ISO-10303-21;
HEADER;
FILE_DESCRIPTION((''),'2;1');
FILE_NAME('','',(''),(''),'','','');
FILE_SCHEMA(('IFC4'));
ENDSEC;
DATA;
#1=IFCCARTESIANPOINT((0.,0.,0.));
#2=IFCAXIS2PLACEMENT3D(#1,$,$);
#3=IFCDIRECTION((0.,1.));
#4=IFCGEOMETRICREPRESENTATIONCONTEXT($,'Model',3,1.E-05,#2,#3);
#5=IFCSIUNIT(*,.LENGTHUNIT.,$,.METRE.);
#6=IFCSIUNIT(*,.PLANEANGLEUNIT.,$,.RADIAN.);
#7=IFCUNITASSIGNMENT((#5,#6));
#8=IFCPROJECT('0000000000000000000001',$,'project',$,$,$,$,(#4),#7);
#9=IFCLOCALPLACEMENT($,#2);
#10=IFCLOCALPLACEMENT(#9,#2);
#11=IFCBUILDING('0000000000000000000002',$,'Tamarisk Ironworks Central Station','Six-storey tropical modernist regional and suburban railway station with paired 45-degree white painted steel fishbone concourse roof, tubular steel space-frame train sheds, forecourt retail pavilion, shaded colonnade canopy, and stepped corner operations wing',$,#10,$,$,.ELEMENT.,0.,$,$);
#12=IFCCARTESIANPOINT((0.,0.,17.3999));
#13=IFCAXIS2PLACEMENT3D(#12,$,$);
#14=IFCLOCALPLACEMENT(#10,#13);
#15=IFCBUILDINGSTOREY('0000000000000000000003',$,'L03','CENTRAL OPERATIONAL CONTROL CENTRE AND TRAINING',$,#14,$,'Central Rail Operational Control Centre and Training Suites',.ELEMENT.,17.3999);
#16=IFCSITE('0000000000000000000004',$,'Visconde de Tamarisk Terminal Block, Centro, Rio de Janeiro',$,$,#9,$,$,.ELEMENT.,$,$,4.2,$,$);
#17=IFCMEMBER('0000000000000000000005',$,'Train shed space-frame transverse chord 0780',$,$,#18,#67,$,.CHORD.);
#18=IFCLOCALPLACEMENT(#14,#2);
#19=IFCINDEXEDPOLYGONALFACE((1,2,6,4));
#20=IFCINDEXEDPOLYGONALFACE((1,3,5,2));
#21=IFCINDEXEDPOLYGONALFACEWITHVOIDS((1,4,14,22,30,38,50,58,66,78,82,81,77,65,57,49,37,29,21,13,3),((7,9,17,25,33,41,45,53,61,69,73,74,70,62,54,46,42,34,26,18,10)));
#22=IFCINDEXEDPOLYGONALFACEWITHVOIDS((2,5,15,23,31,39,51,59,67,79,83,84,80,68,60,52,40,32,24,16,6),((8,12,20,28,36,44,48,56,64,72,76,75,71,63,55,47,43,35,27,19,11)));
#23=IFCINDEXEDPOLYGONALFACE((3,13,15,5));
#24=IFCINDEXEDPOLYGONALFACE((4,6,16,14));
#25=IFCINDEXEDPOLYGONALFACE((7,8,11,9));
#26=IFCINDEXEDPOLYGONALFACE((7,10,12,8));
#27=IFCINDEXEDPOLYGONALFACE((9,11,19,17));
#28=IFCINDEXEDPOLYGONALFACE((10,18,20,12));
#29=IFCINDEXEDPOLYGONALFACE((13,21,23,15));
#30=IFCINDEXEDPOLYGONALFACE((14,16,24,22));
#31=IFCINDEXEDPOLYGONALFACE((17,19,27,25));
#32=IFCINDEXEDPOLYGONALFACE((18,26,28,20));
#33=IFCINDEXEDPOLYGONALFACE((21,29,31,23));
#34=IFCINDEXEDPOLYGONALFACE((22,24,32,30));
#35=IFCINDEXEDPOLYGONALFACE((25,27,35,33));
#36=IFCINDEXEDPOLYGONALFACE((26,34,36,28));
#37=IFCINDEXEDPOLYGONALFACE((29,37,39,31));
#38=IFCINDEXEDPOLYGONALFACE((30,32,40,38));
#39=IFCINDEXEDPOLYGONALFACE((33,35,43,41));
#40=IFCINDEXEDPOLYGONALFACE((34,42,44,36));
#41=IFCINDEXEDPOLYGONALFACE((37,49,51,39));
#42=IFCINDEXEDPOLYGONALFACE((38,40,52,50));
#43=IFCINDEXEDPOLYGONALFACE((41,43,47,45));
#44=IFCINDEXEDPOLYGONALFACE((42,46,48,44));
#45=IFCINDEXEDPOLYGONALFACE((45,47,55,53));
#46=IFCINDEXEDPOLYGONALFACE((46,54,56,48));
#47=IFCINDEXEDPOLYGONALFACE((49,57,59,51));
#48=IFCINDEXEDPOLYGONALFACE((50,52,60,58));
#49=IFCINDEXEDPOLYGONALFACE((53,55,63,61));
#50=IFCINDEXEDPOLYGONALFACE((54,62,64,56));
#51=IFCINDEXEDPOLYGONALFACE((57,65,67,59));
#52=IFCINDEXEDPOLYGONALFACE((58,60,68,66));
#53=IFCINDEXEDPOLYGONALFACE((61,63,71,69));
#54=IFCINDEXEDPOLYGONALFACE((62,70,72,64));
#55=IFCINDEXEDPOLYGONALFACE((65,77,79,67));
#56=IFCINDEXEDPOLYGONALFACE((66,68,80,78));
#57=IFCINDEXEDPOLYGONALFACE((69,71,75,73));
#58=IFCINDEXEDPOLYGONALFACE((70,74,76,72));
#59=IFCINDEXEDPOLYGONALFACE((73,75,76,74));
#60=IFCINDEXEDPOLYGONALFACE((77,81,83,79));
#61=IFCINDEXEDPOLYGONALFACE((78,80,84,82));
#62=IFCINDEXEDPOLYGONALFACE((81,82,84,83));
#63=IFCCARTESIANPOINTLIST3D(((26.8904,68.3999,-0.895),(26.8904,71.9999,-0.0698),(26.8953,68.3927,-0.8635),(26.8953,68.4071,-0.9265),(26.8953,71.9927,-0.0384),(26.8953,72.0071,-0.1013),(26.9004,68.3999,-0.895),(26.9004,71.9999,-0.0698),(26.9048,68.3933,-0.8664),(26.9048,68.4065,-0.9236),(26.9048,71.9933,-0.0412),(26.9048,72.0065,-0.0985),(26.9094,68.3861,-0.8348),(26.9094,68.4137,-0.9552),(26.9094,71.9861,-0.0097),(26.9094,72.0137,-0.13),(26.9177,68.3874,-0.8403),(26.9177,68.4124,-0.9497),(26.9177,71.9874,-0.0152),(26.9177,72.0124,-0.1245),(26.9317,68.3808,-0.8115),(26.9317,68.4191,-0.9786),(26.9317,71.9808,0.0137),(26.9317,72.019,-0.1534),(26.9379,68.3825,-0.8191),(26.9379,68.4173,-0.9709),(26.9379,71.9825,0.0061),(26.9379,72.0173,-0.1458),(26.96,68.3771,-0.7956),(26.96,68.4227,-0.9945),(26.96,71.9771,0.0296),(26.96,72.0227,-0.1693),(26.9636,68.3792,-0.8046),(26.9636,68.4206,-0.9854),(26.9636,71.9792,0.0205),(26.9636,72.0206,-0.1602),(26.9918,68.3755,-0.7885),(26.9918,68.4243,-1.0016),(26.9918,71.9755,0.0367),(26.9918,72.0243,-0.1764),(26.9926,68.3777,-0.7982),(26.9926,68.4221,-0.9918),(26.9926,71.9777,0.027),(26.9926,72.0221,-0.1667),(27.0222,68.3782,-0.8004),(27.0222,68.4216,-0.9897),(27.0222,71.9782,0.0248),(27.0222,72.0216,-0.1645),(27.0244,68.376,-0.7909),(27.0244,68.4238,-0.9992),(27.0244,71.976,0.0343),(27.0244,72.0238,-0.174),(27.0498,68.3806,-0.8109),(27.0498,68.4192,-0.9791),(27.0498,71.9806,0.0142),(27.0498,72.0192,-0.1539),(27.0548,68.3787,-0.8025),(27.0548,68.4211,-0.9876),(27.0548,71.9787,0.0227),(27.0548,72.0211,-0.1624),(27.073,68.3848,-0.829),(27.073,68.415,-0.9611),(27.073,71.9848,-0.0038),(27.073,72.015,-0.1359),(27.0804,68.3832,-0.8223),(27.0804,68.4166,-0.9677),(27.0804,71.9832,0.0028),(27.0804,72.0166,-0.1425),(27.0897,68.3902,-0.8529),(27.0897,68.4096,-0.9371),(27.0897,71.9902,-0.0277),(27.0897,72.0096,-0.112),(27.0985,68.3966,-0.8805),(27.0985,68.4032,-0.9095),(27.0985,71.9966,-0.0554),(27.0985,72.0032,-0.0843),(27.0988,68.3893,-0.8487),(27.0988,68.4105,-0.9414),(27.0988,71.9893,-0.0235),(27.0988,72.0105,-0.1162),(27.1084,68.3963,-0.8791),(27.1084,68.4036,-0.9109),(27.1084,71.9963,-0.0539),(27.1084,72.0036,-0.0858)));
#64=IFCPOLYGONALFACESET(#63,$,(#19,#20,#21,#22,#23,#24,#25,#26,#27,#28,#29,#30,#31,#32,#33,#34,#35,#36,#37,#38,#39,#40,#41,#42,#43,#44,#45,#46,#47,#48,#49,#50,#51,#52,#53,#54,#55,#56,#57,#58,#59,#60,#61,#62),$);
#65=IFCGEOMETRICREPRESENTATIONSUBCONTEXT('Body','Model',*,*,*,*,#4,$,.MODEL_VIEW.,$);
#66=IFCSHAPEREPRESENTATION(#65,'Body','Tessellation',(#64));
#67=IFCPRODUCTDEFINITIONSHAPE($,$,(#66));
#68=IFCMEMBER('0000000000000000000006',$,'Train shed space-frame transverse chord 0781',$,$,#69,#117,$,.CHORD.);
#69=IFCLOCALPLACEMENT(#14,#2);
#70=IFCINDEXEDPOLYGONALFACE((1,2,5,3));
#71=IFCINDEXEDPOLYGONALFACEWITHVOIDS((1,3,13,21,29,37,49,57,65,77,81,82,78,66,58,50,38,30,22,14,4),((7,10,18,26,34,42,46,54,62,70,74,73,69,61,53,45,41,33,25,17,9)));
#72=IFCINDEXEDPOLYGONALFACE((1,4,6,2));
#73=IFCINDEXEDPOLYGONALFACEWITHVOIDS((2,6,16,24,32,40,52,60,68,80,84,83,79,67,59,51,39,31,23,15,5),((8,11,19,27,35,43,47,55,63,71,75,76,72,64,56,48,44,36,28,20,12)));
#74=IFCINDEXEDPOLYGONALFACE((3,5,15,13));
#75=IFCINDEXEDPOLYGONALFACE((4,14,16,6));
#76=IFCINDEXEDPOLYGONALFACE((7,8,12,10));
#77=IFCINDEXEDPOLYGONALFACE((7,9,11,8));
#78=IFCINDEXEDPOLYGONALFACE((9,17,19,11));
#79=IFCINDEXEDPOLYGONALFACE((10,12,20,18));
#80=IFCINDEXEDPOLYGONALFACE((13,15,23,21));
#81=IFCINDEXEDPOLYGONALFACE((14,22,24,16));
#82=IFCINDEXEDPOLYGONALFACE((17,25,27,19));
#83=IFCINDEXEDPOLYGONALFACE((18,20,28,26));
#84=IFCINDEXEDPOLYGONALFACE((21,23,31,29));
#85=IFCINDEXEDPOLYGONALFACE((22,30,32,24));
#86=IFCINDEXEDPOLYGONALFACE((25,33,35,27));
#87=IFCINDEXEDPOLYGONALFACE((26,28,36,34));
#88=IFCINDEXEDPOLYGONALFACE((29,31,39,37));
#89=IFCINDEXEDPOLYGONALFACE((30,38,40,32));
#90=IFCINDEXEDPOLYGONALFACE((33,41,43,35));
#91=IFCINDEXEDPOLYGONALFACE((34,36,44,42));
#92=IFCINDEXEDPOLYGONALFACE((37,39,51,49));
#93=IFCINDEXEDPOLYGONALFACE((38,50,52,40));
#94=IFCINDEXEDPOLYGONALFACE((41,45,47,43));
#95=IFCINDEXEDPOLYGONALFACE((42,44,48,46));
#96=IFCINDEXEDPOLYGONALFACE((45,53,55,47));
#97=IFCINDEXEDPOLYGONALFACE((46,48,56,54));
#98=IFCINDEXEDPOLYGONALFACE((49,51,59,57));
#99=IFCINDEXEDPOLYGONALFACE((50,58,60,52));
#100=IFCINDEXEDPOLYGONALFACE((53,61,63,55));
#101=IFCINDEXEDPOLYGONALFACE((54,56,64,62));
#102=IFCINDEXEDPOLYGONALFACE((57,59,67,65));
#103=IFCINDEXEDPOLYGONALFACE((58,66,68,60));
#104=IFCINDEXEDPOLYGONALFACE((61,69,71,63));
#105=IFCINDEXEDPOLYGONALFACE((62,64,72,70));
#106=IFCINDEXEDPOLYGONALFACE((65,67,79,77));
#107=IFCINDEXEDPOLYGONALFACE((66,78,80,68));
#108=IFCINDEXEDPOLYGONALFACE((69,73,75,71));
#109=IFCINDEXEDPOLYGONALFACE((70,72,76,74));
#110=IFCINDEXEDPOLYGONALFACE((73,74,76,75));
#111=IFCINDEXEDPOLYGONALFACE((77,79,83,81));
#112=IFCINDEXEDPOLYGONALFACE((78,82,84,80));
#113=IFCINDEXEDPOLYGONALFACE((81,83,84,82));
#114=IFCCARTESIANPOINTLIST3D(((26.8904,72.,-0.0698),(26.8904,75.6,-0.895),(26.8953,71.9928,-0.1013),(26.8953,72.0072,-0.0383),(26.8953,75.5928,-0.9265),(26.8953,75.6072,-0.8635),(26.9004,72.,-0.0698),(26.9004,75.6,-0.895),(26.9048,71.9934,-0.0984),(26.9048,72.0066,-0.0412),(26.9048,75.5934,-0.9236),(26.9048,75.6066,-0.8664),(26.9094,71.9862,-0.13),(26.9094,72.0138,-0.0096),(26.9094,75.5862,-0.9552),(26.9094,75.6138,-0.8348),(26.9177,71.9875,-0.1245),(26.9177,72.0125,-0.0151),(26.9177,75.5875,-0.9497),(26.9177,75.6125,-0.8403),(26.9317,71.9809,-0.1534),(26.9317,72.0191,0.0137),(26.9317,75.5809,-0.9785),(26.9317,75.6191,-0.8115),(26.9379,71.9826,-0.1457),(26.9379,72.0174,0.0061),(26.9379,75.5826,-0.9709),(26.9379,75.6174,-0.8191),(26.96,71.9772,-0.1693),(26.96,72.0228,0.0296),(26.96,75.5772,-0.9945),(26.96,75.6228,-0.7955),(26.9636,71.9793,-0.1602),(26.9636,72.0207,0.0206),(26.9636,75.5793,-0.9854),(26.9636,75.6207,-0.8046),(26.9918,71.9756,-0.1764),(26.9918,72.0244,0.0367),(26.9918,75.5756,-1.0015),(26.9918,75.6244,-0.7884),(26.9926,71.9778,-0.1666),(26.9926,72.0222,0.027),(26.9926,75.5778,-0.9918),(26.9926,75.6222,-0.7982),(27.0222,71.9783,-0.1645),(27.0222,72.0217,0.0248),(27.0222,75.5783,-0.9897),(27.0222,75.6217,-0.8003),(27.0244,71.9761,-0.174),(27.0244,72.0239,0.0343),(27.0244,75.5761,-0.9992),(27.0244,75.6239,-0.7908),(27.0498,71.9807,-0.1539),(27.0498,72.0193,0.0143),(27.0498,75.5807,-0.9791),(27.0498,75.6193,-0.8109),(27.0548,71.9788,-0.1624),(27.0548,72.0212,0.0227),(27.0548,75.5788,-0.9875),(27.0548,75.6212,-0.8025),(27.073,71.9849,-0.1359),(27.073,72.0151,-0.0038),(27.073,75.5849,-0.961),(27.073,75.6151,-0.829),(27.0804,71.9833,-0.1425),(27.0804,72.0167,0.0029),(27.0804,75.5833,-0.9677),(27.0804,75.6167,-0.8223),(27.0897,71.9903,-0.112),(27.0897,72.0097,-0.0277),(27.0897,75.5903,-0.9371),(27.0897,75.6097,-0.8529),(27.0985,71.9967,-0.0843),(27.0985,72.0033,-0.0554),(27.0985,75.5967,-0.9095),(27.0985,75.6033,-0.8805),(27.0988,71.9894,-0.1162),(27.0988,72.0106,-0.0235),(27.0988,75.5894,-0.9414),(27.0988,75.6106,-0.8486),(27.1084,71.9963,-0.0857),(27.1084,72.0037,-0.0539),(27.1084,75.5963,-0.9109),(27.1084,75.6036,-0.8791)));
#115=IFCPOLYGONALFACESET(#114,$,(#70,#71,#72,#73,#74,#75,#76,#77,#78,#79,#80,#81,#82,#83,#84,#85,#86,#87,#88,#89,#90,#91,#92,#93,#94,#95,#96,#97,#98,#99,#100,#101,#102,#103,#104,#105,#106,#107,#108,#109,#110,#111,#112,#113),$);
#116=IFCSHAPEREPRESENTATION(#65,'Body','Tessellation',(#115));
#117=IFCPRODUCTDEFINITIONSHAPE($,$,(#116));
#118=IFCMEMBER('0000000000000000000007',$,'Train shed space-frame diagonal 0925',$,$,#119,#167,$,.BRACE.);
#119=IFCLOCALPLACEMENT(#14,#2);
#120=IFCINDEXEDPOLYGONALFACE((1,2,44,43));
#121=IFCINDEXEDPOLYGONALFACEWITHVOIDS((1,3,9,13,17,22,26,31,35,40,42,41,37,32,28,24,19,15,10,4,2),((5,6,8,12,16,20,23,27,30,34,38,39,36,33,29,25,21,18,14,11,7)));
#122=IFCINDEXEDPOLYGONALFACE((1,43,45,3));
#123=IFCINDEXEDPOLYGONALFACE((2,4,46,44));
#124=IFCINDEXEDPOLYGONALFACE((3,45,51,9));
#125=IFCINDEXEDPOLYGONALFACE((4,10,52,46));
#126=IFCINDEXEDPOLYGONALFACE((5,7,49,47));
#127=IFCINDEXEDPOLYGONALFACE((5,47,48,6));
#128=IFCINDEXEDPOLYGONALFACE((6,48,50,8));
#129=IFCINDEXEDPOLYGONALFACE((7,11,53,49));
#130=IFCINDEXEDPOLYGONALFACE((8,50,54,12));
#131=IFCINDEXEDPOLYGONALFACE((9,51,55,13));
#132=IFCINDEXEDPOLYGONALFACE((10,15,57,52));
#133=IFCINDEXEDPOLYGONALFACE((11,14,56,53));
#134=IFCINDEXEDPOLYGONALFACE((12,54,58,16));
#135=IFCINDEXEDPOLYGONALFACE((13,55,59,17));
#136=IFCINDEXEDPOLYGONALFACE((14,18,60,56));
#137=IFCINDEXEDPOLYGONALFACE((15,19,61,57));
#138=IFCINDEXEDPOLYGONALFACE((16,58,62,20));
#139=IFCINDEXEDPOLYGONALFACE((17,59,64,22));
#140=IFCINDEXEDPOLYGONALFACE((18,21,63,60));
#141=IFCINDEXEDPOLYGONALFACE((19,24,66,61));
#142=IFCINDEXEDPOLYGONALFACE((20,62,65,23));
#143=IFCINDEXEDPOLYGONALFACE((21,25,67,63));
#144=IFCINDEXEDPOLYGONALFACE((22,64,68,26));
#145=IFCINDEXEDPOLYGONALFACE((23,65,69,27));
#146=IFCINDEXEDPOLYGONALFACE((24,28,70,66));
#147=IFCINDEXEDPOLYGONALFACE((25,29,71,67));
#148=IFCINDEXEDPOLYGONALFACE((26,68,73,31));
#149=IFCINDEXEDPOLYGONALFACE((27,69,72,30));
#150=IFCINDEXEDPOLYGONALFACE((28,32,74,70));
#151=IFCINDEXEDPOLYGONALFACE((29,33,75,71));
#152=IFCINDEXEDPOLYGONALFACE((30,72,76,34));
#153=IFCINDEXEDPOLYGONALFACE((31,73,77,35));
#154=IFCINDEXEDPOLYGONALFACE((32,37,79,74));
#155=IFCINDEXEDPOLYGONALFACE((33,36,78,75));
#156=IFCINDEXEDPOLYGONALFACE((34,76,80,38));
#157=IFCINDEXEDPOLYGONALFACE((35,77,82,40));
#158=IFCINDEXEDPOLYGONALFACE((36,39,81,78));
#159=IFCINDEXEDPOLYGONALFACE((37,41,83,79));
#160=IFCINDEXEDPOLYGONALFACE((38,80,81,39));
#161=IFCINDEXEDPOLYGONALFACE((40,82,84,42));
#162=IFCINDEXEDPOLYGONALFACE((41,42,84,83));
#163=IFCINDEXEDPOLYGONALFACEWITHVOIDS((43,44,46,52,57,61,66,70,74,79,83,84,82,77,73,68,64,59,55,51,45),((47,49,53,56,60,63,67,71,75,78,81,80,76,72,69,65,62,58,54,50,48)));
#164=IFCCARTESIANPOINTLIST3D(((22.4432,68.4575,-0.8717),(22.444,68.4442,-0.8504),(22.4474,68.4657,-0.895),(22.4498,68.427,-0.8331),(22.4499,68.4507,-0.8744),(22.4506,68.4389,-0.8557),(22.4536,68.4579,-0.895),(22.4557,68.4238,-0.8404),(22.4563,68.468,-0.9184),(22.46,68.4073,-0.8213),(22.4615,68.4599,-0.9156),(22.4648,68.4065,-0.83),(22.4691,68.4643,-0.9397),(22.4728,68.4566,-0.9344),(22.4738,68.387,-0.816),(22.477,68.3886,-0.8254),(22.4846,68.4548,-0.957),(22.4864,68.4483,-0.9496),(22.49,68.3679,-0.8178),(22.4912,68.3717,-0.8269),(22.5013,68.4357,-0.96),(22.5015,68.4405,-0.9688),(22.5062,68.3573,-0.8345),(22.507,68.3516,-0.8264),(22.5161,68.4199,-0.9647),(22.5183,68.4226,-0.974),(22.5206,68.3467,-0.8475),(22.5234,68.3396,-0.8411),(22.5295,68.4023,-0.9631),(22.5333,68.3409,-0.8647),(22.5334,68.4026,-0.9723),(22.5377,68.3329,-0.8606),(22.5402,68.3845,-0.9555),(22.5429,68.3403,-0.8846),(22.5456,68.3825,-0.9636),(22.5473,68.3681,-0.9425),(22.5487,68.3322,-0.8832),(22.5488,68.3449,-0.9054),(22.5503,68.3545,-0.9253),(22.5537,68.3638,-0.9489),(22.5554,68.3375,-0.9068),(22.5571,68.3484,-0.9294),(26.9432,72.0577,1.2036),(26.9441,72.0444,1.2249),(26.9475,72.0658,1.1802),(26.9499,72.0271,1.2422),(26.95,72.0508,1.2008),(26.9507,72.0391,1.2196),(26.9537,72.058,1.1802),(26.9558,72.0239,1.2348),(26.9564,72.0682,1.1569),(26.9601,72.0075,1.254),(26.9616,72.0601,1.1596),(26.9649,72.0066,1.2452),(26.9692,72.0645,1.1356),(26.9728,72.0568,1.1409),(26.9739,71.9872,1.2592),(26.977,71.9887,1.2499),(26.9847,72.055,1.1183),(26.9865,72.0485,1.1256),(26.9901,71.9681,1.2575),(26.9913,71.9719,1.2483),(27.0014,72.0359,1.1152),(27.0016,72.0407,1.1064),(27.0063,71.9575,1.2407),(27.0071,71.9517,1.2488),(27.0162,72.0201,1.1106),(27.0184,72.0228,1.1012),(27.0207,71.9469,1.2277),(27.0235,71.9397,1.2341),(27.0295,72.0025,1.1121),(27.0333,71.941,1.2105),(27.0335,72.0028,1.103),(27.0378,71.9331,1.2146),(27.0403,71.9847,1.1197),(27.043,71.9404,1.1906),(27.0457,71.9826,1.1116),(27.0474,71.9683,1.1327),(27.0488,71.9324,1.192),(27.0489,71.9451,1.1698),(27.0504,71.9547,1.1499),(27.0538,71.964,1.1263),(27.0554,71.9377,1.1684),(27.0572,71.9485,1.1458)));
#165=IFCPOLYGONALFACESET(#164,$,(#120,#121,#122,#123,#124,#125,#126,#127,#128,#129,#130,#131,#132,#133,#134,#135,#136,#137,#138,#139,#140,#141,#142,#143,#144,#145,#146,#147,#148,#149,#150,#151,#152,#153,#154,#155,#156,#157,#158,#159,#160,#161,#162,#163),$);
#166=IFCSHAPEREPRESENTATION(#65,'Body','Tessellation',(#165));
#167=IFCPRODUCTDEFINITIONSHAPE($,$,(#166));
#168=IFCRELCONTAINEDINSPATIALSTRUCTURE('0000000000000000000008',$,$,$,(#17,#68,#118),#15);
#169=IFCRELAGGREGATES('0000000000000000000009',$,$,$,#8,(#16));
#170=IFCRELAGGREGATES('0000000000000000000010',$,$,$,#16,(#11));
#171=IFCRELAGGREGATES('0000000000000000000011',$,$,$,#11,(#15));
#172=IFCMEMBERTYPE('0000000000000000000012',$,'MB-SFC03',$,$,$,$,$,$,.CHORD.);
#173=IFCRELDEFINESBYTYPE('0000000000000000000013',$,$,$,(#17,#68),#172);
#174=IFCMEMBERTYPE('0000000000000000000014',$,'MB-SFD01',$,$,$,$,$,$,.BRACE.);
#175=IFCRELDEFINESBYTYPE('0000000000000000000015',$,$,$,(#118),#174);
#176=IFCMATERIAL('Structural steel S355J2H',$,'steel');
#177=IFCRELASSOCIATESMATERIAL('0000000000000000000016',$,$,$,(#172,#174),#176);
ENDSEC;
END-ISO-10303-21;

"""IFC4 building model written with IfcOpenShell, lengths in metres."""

from ifc_helpers import new_model, si_unit, direction, frame, origin, origin_2d, place, context, subcontext, project, spatial, hollow_circle, extrude, material, material_profile, profile_set, type_object, element, save


model = new_model("IFC4")

# Units and contexts
model_context = context("Model", 3, precision=1e-05, world=origin(), true_north=direction((0.0, 1.0)))
body_context = subcontext(model_context, "Body", "Model", "MODEL_VIEW")
ifc_project = project(units=[si_unit("LENGTHUNIT", "METRE"), si_unit("PLANEANGLEUNIT", "RADIAN")], contexts=[model_context])

# Site, building, storey
site_placement = place(None, origin())
site = spatial("IfcSite", under=ifc_project, at=site_placement, Name="Visconde de Tamarisk Terminal Block, Centro, Rio de Janeiro", CompositionType="ELEMENT", RefElevation=4.2)
building_placement = place(site_placement, origin())
building = spatial("IfcBuilding", under=site, at=building_placement, Name="Tamarisk Ironworks Central Station", Description="Six-storey tropical modernist regional and suburban railway station with paired 45-degree white painted steel fishbone concourse roof, tubular steel space-frame train sheds, forecourt retail pavilion, shaded colonnade canopy, and stepped corner operations wing", CompositionType="ELEMENT", ElevationOfRefHeight=0.0)
storey_placement = place(building_placement, frame((0.0, 0.0, 17.3999)))
storey = spatial("IfcBuildingStorey", under=building, at=storey_placement, Name="L03", Description="CENTRAL OPERATIONAL CONTROL CENTRE AND TRAINING", LongName="Central Rail Operational Control Centre and Training Suites", CompositionType="ELEMENT", Elevation=17.3999)

# Members
ifc_material = material(Name="Structural steel S355J2H", Category="steel")
ifc_material_profile_1 = material_profile(ifc_material, hollow_circle(Radius=0.1096, WallThickness=0.01, at=origin_2d()), Name="CHS 219.1x10")
ifc_profile_set_1 = profile_set([ifc_material_profile_1], Name="Structural steel S355J2H")
member_type_1 = type_object("IfcMemberType", Name="MB-SFC03", PredefinedType="CHORD", material=ifc_profile_set_1)
for number, where, z_axis, x_axis, name in (
    (1, (27.0, 68.3999, -0.895), (0.0, 0.974722, 0.223421), (-1.0, 0.0, 0.0), "Train shed space-frame transverse chord 0780"),
    (2, (27.0, 72.0, -0.0698), (0.0, 0.974722, -0.223421), (-1.0, 0.0, 0.0), "Train shed space-frame transverse chord 0781"),
):
    element("IfcMember", number, at=place(storey_placement, frame(where, z_axis=z_axis, x_axis=x_axis)), inside=storey, type_object=member_type_1, Name=name, PredefinedType="CHORD", context=body_context, shape_type="SweptSolid", body=[
        extrude(hollow_circle(Radius=0.1096, WallThickness=0.01, at=origin_2d()), origin(), (0.0, 0.0, 1.0), 3.6934),
    ])
ifc_material_profile_2 = material_profile(ifc_material, hollow_circle(Radius=0.0842, WallThickness=0.01, at=origin_2d()), Name="CHS 168.3x10")
ifc_profile_set_2 = profile_set([ifc_material_profile_2], Name="Structural steel S355J2H")
member_type_2 = type_object("IfcMemberType", Name="MB-SFD01", PredefinedType="BRACE", material=ifc_profile_set_2)
member_1_placement = place(storey_placement, frame((22.5, 68.3999, -0.895), z_axis=(0.734679, 0.587759, 0.338801), x_axis=(-0.624705, 0.780861, 0.0)))
element("IfcMember", 3, at=member_1_placement, inside=storey, type_object=member_type_2, Name="Train shed space-frame diagonal 0925", PredefinedType="BRACE", context=body_context, shape_type="SweptSolid", body=[
    extrude(hollow_circle(Radius=0.0842, WallThickness=0.01, at=origin_2d()), origin(), (0.0, 0.0, 1.0), 6.1252),
])

save(model, "model.ifc")
